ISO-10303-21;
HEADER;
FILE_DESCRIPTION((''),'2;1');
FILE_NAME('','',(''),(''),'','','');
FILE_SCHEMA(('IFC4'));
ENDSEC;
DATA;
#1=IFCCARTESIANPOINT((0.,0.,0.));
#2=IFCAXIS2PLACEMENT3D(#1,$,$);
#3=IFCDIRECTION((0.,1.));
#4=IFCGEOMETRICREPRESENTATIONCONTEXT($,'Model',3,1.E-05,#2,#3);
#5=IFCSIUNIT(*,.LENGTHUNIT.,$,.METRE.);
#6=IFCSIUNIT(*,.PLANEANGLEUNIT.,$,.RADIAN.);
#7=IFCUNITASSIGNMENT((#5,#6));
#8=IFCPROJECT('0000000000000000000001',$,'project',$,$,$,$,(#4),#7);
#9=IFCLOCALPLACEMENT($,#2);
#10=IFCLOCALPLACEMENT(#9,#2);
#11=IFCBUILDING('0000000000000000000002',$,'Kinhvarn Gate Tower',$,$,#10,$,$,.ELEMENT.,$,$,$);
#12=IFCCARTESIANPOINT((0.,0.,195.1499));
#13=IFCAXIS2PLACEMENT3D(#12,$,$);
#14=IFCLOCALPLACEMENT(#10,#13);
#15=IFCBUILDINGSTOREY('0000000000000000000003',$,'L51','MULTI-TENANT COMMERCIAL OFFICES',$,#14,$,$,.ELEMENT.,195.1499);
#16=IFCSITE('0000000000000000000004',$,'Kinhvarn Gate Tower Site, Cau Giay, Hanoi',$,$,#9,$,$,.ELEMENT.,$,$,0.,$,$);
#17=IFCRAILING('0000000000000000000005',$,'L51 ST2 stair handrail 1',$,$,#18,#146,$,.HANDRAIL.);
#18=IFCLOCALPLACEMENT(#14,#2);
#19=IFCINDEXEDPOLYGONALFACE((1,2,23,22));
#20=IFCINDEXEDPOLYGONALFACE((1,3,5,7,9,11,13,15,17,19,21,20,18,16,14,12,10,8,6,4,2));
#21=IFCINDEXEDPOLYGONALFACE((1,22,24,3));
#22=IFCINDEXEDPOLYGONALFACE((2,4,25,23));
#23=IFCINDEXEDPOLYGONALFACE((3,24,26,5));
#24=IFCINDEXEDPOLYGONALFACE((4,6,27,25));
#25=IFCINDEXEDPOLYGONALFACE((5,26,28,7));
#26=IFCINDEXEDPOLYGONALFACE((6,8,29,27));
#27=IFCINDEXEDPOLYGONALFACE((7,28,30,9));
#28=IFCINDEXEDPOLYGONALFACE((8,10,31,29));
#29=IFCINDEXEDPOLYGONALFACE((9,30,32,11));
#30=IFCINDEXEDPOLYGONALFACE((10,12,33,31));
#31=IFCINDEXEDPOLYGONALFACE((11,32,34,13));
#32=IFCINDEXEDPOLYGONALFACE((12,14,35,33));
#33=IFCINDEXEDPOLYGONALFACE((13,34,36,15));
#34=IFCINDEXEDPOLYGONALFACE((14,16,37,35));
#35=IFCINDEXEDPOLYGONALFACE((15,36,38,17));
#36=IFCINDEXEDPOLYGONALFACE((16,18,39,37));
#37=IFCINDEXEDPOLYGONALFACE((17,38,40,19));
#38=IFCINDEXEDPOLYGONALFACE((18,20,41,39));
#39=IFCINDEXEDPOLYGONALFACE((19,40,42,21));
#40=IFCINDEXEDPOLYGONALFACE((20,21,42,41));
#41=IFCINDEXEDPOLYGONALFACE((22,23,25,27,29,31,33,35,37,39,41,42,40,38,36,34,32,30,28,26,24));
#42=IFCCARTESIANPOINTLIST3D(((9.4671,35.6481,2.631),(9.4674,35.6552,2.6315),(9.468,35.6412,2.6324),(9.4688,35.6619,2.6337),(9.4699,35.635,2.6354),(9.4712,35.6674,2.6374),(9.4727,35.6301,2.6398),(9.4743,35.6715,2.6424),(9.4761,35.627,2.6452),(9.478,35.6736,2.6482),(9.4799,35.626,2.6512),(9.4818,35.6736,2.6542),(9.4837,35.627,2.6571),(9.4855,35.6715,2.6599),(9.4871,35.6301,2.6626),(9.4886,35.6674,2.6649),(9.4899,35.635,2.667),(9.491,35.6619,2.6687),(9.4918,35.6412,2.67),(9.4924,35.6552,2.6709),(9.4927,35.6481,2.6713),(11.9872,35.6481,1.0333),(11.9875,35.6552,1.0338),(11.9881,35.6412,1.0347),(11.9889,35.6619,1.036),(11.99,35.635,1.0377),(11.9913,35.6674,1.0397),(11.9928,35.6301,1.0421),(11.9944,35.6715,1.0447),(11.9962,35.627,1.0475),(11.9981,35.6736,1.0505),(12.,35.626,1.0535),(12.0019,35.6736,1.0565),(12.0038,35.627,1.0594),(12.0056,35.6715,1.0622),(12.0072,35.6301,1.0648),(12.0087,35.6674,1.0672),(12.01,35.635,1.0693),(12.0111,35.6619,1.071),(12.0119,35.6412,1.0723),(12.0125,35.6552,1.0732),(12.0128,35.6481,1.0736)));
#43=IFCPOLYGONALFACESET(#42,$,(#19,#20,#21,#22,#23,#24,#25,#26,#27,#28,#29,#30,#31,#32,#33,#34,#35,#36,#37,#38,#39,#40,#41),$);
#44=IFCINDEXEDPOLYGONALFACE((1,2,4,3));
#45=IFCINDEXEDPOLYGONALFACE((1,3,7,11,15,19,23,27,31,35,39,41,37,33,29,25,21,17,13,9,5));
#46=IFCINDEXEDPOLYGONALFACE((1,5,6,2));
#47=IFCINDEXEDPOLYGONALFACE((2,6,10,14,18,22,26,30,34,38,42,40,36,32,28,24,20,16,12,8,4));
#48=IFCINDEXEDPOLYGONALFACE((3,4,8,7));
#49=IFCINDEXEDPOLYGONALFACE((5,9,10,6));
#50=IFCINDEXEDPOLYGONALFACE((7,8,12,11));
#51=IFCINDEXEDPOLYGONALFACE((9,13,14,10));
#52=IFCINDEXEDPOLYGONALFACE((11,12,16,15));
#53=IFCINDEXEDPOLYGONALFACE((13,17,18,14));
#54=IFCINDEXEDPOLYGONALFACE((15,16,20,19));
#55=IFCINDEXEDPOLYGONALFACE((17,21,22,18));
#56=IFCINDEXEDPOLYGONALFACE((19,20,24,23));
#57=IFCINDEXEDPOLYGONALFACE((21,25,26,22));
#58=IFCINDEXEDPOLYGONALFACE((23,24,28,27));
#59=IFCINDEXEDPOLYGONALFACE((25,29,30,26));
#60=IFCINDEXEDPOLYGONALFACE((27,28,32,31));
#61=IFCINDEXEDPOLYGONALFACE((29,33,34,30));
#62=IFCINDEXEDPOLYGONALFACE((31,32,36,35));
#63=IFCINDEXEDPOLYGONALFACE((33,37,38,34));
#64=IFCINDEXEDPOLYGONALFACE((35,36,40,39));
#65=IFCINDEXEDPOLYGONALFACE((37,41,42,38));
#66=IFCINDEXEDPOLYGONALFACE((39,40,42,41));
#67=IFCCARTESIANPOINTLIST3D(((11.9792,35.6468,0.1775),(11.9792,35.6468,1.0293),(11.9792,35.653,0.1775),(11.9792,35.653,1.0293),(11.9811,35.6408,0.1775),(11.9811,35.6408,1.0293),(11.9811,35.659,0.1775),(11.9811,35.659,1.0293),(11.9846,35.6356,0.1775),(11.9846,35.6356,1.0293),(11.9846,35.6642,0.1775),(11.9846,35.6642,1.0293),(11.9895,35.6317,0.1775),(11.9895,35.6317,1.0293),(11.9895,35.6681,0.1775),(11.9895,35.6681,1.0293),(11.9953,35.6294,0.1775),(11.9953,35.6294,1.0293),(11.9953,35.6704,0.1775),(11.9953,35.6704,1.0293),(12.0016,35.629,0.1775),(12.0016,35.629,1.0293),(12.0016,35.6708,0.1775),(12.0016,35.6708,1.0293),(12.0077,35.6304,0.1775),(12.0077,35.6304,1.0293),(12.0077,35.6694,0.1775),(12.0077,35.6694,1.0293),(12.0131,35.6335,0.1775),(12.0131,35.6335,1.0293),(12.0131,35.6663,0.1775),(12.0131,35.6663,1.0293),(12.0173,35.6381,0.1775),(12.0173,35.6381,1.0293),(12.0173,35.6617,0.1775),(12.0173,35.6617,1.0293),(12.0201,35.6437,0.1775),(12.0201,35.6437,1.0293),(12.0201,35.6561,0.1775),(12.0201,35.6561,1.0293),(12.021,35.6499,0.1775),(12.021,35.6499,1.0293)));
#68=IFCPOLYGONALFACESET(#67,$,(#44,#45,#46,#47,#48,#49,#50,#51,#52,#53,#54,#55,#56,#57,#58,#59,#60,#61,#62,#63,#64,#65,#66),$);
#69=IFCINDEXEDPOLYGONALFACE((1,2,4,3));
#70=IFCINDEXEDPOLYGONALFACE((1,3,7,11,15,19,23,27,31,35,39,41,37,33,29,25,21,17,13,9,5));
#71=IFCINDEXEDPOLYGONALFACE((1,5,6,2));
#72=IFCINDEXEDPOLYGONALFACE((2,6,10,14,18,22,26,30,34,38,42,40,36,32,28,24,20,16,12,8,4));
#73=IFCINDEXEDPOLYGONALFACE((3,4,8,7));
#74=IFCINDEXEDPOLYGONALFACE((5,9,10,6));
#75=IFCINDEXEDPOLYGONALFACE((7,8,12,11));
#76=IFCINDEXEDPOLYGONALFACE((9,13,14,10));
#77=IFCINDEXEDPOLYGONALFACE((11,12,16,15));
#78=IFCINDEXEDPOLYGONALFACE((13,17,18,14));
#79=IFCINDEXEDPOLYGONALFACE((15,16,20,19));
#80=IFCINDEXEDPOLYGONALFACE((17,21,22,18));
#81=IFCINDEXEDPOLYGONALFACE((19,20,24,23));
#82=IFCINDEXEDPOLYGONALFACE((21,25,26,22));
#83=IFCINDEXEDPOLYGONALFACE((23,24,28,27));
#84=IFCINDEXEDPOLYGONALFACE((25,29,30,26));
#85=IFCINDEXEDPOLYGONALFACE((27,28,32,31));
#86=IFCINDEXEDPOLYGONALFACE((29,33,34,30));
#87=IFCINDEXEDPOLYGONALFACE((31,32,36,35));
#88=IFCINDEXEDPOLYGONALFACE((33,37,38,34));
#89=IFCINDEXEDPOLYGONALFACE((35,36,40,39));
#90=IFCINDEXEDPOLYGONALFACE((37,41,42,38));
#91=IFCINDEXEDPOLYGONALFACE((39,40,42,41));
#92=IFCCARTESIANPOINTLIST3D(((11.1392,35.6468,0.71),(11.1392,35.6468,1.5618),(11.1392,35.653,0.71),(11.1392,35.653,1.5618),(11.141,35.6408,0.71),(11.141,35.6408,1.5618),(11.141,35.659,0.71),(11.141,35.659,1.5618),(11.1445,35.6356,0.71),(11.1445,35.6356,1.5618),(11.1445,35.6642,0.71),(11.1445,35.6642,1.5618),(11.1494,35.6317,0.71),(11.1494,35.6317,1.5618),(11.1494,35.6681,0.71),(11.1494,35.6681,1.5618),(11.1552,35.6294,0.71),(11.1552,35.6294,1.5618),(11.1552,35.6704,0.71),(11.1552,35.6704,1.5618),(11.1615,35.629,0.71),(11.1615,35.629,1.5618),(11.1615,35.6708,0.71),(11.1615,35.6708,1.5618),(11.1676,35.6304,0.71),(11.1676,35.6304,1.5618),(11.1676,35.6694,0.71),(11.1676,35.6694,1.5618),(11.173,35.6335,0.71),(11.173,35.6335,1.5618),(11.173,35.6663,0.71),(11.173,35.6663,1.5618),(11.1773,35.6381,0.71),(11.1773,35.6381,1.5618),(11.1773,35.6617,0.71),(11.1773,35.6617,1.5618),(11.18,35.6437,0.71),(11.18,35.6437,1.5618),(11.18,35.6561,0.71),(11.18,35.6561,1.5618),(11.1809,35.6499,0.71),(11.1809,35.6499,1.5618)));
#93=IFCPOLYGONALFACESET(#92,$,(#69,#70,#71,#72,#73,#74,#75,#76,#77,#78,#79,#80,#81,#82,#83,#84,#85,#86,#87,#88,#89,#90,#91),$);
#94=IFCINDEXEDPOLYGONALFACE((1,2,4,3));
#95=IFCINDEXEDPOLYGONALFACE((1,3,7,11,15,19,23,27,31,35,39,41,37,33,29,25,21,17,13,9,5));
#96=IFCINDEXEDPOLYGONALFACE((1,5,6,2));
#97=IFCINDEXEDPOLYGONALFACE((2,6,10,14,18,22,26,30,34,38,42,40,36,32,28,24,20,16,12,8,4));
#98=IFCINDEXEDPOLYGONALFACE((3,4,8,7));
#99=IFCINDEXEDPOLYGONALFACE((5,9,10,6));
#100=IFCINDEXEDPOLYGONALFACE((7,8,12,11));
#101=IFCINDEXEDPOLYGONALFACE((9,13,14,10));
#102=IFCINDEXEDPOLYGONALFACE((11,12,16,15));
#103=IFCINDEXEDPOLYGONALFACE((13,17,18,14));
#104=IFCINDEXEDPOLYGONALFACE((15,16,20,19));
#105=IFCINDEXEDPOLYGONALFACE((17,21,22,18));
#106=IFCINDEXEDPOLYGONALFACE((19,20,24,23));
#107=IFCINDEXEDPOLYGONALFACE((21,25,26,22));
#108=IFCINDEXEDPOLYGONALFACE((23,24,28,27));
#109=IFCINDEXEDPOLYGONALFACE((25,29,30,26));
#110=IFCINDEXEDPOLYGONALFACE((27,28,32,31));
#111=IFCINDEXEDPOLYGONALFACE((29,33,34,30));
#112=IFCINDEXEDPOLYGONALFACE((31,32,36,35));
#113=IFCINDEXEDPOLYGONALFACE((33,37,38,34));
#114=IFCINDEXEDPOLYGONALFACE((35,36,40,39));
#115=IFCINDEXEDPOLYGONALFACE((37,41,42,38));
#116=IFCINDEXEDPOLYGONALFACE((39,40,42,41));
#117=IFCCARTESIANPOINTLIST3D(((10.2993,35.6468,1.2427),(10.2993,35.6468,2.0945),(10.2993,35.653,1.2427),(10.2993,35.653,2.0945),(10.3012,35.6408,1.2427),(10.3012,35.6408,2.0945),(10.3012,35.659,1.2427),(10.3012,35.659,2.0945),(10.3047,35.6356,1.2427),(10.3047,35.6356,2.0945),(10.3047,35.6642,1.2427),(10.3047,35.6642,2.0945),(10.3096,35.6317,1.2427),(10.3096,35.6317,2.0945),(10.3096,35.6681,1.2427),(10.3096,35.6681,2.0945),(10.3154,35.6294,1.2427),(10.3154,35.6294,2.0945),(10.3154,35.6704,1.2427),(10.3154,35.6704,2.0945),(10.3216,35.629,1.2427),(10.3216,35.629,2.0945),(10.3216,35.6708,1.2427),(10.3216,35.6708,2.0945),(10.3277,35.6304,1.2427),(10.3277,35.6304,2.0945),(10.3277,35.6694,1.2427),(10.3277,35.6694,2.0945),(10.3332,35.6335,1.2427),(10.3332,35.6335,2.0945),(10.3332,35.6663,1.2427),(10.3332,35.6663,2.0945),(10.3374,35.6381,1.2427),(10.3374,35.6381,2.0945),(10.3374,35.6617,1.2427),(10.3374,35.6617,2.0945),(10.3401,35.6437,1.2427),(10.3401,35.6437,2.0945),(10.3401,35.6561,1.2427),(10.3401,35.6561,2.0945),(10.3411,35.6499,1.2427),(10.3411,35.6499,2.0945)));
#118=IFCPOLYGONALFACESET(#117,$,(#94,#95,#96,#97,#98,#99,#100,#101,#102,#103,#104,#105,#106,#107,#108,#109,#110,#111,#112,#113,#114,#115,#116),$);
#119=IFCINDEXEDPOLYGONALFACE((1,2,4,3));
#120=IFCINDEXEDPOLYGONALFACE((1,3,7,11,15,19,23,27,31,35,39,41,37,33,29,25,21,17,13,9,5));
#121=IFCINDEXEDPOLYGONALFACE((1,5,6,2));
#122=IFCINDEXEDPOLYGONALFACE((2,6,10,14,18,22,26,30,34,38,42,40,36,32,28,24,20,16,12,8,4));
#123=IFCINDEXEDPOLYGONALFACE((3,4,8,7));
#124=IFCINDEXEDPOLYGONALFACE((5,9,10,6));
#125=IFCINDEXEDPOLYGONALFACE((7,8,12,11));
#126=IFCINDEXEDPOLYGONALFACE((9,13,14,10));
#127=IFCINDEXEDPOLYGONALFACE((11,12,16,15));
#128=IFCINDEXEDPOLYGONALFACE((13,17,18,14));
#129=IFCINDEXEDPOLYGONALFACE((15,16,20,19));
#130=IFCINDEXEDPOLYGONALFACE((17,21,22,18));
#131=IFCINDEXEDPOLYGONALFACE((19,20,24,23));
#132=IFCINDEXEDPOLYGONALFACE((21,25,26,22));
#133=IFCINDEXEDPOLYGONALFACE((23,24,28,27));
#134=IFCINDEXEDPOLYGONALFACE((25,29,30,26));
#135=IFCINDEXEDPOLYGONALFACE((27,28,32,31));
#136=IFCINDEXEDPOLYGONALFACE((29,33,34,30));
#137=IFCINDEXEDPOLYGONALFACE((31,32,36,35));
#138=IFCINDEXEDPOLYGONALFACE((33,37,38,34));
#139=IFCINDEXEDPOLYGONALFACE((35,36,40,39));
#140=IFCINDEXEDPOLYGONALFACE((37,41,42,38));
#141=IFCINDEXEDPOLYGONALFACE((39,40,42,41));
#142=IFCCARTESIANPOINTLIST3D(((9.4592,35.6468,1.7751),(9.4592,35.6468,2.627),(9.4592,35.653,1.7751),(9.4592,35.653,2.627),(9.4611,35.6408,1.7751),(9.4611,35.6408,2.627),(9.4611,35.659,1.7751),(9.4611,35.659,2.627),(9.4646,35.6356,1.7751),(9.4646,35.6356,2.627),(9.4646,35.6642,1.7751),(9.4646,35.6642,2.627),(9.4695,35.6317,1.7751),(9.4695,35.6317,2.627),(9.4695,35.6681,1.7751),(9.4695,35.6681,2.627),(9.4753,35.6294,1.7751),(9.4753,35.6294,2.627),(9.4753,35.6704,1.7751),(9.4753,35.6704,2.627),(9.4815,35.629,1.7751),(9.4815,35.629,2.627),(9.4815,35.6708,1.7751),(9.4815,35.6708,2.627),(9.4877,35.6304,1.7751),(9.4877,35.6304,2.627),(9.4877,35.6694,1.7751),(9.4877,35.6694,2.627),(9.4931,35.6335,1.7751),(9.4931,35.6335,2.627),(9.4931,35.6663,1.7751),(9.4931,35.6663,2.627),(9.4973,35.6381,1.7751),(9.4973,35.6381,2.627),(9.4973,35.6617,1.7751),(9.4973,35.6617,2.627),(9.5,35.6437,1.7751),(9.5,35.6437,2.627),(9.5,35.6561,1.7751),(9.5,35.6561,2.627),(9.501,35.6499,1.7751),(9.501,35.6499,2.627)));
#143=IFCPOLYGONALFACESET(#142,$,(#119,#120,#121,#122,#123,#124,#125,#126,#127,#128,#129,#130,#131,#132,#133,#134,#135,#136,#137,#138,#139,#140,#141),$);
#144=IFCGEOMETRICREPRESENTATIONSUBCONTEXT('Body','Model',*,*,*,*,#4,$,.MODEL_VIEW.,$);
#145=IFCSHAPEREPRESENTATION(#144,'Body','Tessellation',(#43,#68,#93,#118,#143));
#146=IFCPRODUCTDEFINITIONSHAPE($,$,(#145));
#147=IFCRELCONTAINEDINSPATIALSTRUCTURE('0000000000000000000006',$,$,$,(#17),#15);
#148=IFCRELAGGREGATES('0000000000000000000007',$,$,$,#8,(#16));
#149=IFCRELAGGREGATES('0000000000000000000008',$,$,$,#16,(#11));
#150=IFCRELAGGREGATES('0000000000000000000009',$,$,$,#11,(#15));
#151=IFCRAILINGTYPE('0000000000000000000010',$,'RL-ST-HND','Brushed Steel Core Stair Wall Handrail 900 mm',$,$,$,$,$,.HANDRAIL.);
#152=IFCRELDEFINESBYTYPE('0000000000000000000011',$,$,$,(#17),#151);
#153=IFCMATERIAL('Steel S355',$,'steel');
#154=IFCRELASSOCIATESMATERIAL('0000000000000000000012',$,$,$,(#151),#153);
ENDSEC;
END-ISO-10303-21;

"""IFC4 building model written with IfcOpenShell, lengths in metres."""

from ifc_helpers import new_model, si_unit, direction, frame, origin, origin_2d, place, context, subcontext, project, spatial, circle, extrude, material, type_object, element, save


model = new_model("IFC4")

# Units and contexts
model_context = context("Model", 3, precision=1e-05, world=origin(), true_north=direction((0.0, 1.0)))
body_context = subcontext(model_context, "Body", "Model", "MODEL_VIEW")
ifc_project = project(units=[si_unit("LENGTHUNIT", "METRE"), si_unit("PLANEANGLEUNIT", "RADIAN")], contexts=[model_context])

# Site, building, storey
site_placement = place(None, origin())
site = spatial("IfcSite", under=ifc_project, at=site_placement, Name="Kinhvarn Gate Tower Site, Cau Giay, Hanoi", CompositionType="ELEMENT", RefElevation=0.0)
building_placement = place(site_placement, origin())
building = spatial("IfcBuilding", under=site, at=building_placement, Name="Kinhvarn Gate Tower", CompositionType="ELEMENT")
storey_placement = place(building_placement, frame((0.0, 0.0, 195.1499)))
storey = spatial("IfcBuildingStorey", under=building, at=storey_placement, Name="L51", Description="MULTI-TENANT COMMERCIAL OFFICES", CompositionType="ELEMENT", Elevation=195.1499)

# Shared definitions
ifc_material_1 = material(Name="Steel S355", Category="steel")

# Railing
railing_type_1 = type_object("IfcRailingType", Name="RL-ST-HND", Description="Brushed Steel Core Stair Wall Handrail 900 mm", PredefinedType="HANDRAIL", material=ifc_material_1)
railing_1_placement = place(storey_placement, frame((12.0, 35.6499, 0.1775)))
element("IfcRailing", 1, at=railing_1_placement, inside=storey, type_object=railing_type_1, Name="L51 ST2 stair handrail 1", PredefinedType="HANDRAIL", context=body_context, shape_type="SweptSolid", body=[
    extrude(circle(Radius=0.0239, at=origin_2d()), frame((0.0, 0.0, 0.876), z_axis=(-0.84457, 0.0, 0.535445), x_axis=(0.0, -1.0, 0.0)), (0.0, 0.0, 1.0), 2.9839),
    extrude(circle(Radius=0.021, at=origin_2d()), origin(), (0.0, 0.0, 1.0), 0.8518),
    extrude(circle(Radius=0.021, at=origin_2d()), frame((-0.8401, 0.0, 0.5325)), (0.0, 0.0, 1.0), 0.8518),
    extrude(circle(Radius=0.021, at=origin_2d()), frame((-1.6799, 0.0, 1.0652)), (0.0, 0.0, 1.0), 0.8518),
    extrude(circle(Radius=0.021, at=origin_2d()), frame((-2.52, 0.0, 1.5977)), (0.0, 0.0, 1.0), 0.8518),
])

save(model, "model.ifc")
